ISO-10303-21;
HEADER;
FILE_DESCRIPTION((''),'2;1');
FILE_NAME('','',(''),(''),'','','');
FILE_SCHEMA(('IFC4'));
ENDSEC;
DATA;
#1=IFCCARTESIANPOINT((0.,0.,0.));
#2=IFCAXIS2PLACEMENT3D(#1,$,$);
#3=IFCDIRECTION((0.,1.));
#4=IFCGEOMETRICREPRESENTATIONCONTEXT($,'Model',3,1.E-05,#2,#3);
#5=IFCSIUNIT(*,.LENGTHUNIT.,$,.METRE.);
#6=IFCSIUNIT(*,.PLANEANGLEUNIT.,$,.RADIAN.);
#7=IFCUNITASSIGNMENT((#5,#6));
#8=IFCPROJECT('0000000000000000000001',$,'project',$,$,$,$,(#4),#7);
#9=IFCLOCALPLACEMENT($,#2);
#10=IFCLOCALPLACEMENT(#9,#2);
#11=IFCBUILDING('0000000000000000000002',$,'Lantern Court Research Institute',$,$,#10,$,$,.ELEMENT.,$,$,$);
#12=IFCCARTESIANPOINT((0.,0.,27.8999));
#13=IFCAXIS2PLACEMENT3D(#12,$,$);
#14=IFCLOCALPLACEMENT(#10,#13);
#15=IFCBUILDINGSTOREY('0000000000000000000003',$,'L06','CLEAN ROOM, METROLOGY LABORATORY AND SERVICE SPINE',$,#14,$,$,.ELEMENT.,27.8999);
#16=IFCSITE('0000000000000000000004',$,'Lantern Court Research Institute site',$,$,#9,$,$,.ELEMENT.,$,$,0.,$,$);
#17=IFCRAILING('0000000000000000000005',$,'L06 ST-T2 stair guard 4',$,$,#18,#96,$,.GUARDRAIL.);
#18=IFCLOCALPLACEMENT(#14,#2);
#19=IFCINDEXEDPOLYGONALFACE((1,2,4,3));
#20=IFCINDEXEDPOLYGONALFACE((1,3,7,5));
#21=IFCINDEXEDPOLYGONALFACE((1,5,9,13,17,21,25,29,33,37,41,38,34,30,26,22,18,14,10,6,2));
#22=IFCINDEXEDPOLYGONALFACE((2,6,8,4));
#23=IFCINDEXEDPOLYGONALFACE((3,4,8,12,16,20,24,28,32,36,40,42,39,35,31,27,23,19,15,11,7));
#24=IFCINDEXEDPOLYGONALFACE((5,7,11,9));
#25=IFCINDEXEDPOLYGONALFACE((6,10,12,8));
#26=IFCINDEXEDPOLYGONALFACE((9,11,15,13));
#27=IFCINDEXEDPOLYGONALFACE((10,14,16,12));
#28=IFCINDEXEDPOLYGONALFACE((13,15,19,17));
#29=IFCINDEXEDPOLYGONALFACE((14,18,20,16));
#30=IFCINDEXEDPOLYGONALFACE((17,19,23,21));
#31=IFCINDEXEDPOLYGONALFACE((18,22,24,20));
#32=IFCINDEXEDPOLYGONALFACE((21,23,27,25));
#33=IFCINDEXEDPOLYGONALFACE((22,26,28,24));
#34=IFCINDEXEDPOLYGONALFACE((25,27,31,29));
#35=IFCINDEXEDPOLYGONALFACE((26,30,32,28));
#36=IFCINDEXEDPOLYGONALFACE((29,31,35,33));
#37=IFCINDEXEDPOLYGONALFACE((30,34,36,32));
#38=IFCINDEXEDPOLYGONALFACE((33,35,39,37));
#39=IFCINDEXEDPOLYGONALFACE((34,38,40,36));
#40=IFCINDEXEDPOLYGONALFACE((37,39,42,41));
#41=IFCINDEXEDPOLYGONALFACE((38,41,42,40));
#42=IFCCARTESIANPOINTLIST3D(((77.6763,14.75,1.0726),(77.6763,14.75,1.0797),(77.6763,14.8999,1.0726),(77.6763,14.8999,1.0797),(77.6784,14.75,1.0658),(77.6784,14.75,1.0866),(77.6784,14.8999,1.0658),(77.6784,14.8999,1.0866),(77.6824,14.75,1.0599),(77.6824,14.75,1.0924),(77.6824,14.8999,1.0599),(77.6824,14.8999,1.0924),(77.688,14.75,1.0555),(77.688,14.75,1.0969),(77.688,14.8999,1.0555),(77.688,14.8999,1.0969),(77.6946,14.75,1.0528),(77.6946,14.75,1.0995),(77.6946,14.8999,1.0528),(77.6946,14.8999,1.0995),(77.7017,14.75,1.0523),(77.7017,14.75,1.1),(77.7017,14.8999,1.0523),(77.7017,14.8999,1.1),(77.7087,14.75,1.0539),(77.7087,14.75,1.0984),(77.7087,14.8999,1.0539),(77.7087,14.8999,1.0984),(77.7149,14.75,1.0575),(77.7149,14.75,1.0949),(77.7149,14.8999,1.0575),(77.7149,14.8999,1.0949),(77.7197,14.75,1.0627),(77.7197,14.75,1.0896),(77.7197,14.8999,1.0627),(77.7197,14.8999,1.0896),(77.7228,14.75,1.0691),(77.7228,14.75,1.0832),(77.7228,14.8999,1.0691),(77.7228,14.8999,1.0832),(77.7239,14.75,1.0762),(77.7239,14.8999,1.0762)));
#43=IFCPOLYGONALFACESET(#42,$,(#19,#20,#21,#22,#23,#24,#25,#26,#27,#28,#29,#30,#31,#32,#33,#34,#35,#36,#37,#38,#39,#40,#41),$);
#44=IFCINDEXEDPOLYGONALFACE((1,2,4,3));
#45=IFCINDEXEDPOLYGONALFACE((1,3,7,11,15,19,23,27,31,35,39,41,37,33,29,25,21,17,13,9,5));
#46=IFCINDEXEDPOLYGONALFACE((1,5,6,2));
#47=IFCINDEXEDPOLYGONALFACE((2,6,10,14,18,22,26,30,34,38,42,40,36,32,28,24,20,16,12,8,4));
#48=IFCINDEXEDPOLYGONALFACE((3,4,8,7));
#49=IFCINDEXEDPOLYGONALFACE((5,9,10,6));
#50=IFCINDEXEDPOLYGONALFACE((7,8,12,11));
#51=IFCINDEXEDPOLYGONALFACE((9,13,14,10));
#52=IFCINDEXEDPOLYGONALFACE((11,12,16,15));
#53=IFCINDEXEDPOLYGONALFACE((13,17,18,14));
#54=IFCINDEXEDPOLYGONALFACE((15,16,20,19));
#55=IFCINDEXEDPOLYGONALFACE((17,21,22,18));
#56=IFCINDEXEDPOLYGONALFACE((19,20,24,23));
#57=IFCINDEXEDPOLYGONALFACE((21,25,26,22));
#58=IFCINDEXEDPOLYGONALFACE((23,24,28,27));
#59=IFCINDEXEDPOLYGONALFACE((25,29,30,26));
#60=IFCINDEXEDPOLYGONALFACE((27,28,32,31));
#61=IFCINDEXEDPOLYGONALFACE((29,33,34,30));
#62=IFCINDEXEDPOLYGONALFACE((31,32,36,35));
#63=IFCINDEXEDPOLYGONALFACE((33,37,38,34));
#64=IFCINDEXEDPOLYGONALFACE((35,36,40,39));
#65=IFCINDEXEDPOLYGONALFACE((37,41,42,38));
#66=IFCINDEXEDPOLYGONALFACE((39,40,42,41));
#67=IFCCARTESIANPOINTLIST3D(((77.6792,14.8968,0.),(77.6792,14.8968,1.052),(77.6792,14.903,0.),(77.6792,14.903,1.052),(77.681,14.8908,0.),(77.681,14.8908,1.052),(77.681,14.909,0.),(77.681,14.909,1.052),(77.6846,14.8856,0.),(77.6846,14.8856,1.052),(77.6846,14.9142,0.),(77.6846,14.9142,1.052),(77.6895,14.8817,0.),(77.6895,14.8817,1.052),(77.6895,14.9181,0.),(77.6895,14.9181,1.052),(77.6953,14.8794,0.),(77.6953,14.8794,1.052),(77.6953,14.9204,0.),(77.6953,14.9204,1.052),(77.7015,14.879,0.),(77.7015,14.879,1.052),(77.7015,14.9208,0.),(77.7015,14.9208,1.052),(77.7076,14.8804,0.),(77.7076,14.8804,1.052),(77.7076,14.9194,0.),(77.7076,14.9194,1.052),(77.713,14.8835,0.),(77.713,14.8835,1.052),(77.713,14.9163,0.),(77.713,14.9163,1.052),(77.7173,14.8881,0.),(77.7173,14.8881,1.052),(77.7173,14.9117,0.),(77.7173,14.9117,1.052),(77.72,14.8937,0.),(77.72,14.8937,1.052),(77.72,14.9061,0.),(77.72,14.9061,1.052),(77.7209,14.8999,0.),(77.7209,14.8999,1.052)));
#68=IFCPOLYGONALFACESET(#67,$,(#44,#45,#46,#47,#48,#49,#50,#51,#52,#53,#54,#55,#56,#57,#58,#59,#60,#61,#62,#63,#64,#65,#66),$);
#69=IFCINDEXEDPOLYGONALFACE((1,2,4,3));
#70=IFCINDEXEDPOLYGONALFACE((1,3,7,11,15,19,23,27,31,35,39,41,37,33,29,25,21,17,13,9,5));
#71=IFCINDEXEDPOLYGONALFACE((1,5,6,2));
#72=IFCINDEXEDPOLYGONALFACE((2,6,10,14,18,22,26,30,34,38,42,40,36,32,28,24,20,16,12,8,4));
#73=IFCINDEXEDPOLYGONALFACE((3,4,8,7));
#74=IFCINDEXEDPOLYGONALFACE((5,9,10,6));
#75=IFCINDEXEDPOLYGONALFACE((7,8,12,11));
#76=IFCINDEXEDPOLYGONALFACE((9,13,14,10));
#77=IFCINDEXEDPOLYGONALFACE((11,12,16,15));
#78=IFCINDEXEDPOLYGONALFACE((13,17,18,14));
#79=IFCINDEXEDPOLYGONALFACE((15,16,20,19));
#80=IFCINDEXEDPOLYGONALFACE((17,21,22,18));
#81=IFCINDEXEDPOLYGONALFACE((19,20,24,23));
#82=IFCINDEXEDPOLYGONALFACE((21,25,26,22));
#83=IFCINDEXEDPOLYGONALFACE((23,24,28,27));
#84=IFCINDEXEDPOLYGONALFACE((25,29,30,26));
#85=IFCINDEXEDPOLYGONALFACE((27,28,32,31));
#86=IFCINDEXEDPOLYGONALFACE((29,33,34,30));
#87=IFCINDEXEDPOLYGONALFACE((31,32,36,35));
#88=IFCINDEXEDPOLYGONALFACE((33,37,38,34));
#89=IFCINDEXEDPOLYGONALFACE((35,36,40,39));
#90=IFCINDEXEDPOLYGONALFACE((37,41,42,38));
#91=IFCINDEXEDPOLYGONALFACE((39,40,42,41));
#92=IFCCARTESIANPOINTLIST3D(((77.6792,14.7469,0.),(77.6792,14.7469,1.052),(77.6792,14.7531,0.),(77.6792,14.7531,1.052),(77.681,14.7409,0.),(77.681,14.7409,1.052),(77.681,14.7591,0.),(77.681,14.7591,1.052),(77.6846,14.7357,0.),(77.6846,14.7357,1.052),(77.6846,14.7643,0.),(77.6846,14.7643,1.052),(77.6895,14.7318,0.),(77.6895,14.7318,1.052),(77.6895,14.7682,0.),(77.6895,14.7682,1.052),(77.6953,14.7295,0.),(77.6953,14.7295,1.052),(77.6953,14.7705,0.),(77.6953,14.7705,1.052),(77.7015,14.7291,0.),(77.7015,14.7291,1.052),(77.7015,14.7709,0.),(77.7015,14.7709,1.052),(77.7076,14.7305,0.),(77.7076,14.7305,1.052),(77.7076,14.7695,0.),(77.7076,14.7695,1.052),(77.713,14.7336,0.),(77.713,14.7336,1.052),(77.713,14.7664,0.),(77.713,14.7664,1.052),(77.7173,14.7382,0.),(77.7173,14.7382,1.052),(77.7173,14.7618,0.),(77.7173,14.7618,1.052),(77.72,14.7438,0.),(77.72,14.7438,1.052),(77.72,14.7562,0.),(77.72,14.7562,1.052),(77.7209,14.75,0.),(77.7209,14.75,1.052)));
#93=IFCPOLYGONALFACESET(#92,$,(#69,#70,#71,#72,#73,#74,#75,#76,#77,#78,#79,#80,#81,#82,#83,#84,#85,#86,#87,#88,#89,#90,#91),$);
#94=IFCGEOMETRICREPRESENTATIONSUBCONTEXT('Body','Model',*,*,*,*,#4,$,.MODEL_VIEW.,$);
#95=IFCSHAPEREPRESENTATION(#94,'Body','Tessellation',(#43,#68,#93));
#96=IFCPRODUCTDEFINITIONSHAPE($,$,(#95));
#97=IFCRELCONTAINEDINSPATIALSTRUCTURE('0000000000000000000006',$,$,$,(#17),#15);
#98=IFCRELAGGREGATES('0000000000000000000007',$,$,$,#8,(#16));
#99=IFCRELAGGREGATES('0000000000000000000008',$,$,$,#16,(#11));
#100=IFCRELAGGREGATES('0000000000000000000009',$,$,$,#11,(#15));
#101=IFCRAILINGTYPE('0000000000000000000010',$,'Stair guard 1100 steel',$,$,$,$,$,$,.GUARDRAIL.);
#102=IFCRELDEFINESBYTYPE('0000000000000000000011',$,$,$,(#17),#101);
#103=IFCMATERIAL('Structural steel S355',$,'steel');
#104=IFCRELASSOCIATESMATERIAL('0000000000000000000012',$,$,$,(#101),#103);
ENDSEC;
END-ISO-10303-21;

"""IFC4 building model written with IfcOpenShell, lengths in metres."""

from ifc_helpers import new_model, si_unit, direction, frame, origin, origin_2d, place, context, subcontext, project, spatial, circle, extrude, material, type_object, element, save


model = new_model("IFC4")

# Units and contexts
model_context = context("Model", 3, precision=1e-05, world=origin(), true_north=direction((0.0, 1.0)))
body_context = subcontext(model_context, "Body", "Model", "MODEL_VIEW")
ifc_project = project(units=[si_unit("LENGTHUNIT", "METRE"), si_unit("PLANEANGLEUNIT", "RADIAN")], contexts=[model_context])

# Site, building, storey
site_placement = place(None, origin())
site = spatial("IfcSite", under=ifc_project, at=site_placement, Name="Lantern Court Research Institute site", CompositionType="ELEMENT", RefElevation=0.0)
building_placement = place(site_placement, origin())
building = spatial("IfcBuilding", under=site, at=building_placement, Name="Lantern Court Research Institute", CompositionType="ELEMENT")
storey_placement = place(building_placement, frame((0.0, 0.0, 27.8999)))
storey = spatial("IfcBuildingStorey", under=building, at=storey_placement, Name="L06", Description="CLEAN ROOM, METROLOGY LABORATORY AND SERVICE SPINE", CompositionType="ELEMENT", Elevation=27.8999)

# Railing
ifc_material_1 = material(Name="Structural steel S355", Category="steel")
railing_type_1 = type_object("IfcRailingType", Name="Stair guard 1100 steel", PredefinedType="GUARDRAIL", material=ifc_material_1)
railing_1_placement = place(storey_placement, frame((77.7, 14.8999, 0.0)))
element("IfcRailing", 1, at=railing_1_placement, inside=storey, type_object=railing_type_1, Name="L06 ST-T2 stair guard 4", PredefinedType="GUARDRAIL", context=body_context, shape_type="SweptSolid", body=[
    extrude(circle(Radius=0.0239, at=origin_2d()), frame((0.0, 0.0, 1.0762), z_axis=(0.0, -1.0, 0.0), x_axis=(1.0, 0.0, 0.0)), (0.0, 0.0, 1.0), 0.1499),
    extrude(circle(Radius=0.021, at=origin_2d()), origin(), (0.0, 0.0, 1.0), 1.052),
    extrude(circle(Radius=0.021, at=origin_2d()), frame((0.0, -0.1499, 0.0)), (0.0, 0.0, 1.0), 1.052),
])

save(model, "model.ifc")
